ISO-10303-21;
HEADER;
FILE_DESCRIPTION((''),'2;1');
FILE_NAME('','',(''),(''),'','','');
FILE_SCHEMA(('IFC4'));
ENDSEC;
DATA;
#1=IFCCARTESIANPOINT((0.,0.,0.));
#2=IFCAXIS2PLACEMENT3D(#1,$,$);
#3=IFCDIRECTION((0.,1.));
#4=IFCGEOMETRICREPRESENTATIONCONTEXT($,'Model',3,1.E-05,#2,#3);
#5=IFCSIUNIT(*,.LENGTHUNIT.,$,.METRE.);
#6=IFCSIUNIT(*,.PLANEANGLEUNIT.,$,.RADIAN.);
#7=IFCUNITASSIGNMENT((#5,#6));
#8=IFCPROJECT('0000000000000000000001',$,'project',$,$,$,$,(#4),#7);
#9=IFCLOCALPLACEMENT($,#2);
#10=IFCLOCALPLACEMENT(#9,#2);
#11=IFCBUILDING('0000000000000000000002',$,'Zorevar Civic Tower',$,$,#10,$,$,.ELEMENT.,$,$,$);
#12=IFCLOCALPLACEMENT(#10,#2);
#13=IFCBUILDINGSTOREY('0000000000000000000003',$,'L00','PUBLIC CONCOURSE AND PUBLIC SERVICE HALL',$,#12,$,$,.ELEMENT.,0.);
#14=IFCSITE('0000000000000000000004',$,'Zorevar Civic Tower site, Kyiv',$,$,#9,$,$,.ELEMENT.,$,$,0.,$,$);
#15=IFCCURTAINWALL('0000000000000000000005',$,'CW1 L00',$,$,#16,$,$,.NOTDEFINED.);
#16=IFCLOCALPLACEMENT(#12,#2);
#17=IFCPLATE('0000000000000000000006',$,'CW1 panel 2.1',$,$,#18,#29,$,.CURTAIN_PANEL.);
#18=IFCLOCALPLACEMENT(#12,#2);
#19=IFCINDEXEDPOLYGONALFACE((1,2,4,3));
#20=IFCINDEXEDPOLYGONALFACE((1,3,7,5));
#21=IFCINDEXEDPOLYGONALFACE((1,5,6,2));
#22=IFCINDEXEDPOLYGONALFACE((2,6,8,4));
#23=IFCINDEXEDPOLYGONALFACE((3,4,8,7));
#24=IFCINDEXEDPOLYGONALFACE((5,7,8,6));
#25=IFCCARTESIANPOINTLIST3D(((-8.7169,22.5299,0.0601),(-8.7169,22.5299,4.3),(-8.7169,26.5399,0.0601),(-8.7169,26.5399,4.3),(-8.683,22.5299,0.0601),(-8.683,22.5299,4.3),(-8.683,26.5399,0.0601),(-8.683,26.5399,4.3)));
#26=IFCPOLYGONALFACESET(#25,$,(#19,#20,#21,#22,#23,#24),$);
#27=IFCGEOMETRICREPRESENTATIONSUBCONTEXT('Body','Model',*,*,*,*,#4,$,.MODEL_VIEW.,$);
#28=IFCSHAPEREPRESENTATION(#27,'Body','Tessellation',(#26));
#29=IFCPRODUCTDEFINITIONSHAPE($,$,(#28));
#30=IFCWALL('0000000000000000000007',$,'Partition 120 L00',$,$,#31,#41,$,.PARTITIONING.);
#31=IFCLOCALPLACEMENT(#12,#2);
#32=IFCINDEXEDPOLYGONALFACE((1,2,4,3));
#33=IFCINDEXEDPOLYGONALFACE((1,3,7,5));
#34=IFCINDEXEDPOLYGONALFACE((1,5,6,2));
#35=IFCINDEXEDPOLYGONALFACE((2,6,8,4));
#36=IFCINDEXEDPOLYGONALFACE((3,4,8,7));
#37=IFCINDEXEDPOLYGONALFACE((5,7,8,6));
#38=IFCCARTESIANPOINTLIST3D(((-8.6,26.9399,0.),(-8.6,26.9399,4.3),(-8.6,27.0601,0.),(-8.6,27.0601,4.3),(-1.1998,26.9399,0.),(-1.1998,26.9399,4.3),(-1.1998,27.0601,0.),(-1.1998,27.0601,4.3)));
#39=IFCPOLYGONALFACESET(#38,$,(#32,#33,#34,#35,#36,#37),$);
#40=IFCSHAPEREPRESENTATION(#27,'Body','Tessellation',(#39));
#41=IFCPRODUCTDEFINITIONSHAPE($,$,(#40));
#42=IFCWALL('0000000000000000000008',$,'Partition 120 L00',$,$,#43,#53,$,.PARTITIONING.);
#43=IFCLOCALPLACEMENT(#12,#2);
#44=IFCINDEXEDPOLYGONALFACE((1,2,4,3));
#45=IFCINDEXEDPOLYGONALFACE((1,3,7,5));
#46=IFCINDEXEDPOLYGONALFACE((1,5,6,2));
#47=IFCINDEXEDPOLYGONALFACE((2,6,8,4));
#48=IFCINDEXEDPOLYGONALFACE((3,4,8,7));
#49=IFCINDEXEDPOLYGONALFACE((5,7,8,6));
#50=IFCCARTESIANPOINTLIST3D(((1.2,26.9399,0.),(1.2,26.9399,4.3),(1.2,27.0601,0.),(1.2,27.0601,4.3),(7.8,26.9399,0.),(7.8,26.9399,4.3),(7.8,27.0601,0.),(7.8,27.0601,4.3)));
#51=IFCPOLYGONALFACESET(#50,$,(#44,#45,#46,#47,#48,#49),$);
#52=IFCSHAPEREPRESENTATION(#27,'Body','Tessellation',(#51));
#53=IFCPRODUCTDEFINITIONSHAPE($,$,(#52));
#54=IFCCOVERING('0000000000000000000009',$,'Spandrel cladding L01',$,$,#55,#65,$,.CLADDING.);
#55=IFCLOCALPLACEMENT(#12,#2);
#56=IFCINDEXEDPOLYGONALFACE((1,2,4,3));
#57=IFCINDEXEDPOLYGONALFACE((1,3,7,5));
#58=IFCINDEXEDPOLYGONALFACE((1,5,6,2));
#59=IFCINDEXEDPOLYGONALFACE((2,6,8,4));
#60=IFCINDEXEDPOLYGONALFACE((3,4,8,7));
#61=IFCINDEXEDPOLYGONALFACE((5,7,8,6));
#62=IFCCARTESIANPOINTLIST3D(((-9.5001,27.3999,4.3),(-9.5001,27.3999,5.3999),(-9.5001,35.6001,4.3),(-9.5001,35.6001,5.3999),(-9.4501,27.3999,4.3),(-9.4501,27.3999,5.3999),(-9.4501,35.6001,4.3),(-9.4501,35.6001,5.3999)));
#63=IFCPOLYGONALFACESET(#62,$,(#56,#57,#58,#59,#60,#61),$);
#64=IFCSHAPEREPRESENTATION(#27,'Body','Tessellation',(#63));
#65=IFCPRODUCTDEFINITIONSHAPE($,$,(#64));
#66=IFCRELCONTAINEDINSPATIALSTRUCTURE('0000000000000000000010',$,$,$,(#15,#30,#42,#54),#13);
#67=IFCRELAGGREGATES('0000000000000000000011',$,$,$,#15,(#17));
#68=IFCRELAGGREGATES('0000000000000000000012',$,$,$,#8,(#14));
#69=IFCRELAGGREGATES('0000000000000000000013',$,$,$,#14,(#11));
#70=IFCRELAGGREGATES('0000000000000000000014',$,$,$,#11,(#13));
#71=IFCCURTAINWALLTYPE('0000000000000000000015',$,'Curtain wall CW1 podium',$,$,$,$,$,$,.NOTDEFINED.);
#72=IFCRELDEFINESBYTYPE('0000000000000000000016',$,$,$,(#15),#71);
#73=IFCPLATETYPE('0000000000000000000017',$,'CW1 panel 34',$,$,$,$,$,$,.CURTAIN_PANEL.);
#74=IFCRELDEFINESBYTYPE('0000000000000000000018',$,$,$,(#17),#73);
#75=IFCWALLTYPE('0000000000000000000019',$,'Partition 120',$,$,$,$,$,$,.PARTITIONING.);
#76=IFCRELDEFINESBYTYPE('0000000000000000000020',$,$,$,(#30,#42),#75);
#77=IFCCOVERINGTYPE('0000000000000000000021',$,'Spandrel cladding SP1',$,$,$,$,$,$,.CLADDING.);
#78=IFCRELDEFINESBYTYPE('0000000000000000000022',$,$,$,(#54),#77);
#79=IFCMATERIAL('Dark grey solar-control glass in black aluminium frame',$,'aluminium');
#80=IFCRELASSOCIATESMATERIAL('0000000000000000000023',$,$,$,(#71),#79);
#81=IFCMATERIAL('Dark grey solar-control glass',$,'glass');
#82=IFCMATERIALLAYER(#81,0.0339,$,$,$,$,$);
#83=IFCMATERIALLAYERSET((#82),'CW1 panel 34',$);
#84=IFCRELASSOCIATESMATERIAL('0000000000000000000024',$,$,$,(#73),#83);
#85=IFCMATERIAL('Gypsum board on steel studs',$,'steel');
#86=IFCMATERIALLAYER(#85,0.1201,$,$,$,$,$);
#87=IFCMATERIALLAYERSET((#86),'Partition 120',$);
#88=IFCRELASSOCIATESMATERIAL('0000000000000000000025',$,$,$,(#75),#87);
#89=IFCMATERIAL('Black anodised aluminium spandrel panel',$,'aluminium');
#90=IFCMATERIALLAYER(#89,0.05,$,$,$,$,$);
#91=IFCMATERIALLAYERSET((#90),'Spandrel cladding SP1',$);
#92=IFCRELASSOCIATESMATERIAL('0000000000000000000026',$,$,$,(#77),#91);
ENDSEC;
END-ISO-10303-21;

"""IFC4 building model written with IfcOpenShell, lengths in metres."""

from ifc_helpers import new_model, si_unit, direction, frame, frame_2d, origin, origin_2d, place, context, subcontext, project, spatial, rectangle, extrude, material, layer, layer_set, type_object, element, aggregate, save


model = new_model("IFC4")

# Units and contexts
model_context = context("Model", 3, precision=1e-05, world=origin(), true_north=direction((0.0, 1.0)))
body_context = subcontext(model_context, "Body", "Model", "MODEL_VIEW")
ifc_project = project(units=[si_unit("LENGTHUNIT", "METRE"), si_unit("PLANEANGLEUNIT", "RADIAN")], contexts=[model_context])

# Site, building, storey
site_placement = place(None, origin())
site = spatial("IfcSite", under=ifc_project, at=site_placement, Name="Zorevar Civic Tower site, Kyiv", CompositionType="ELEMENT", RefElevation=0.0)
building_placement = place(site_placement, origin())
building = spatial("IfcBuilding", under=site, at=building_placement, Name="Zorevar Civic Tower", CompositionType="ELEMENT")
storey_placement = place(building_placement, origin())
storey = spatial("IfcBuildingStorey", under=building, at=storey_placement, Name="L00", Description="PUBLIC CONCOURSE AND PUBLIC SERVICE HALL", CompositionType="ELEMENT", Elevation=0.0)

# Curtain wall
ifc_material_1 = material(Name="Dark grey solar-control glass in black aluminium frame", Category="aluminium")
curtain_wall_type = type_object("IfcCurtainWallType", Name="Curtain wall CW1 podium", PredefinedType="NOTDEFINED", material=ifc_material_1)
curtain_wall_1_placement = place(storey_placement, origin())
curtain_wall_1 = element("IfcCurtainWall", 1, at=curtain_wall_1_placement, inside=storey, type_object=curtain_wall_type, Name="CW1 L00", PredefinedType="NOTDEFINED")

# Plate
ifc_material_2 = material(Name="Dark grey solar-control glass", Category="glass")
ifc_layer_1 = layer(ifc_material_2, 0.0339)
ifc_layer_set_1 = layer_set([ifc_layer_1], Name="CW1 panel 34")
plate_type = type_object("IfcPlateType", Name="CW1 panel 34", PredefinedType="CURTAIN_PANEL", material=ifc_layer_set_1)
plate_1_placement = place(storey_placement, frame((-8.7, 24.5349, 0.0601), z_axis=(0.0, 0.0, 1.0), x_axis=(0.0, 1.0, 0.0)))
plate_1 = element("IfcPlate", 2, at=plate_1_placement, type_object=plate_type, Name="CW1 panel 2.1", PredefinedType="CURTAIN_PANEL", context=body_context, shape_type="SweptSolid", body=[
    extrude(rectangle(XDim=4.01, YDim=0.0339, at=origin_2d()), origin(), (0.0, 0.0, 1.0), 4.24),
])
aggregate(curtain_wall_1, [plate_1])

# Walls
ifc_material_3 = material(Name="Gypsum board on steel studs", Category="steel")
ifc_layer_2 = layer(ifc_material_3, 0.1201)
ifc_layer_set_2 = layer_set([ifc_layer_2], Name="Partition 120")
wall_type = type_object("IfcWallType", Name="Partition 120", PredefinedType="PARTITIONING", material=ifc_layer_set_2)
wall_1_placement = place(storey_placement, frame((-8.6001, 27.0, 0.0), z_axis=(0.0, 0.0, 1.0), x_axis=(1.0, 0.0, 0.0)))
element("IfcWall", 3, at=wall_1_placement, inside=storey, type_object=wall_type, Name="Partition 120 L00", PredefinedType="PARTITIONING", context=body_context, shape_type="SweptSolid", body=[
    extrude(rectangle(XDim=7.4001, YDim=0.1201, at=frame_2d((3.7002, 0.0))), origin(), (0.0, 0.0, 1.0), 4.3),
])
wall_2_placement = place(storey_placement, frame((1.2, 27.0, 0.0), z_axis=(0.0, 0.0, 1.0), x_axis=(1.0, 0.0, 0.0)))
element("IfcWall", 4, at=wall_2_placement, inside=storey, type_object=wall_type, Name="Partition 120 L00", PredefinedType="PARTITIONING", context=body_context, shape_type="SweptSolid", body=[
    extrude(rectangle(XDim=6.6001, YDim=0.1201, at=frame_2d((3.3, 0.0))), origin(), (0.0, 0.0, 1.0), 4.3),
])

# Covering
ifc_material_4 = material(Name="Black anodised aluminium spandrel panel", Category="aluminium")
ifc_layer_3 = layer(ifc_material_4, 0.05)
ifc_layer_set_3 = layer_set([ifc_layer_3], Name="Spandrel cladding SP1")
covering_type = type_object("IfcCoveringType", Name="Spandrel cladding SP1", PredefinedType="CLADDING", material=ifc_layer_set_3)
covering_placement = place(storey_placement, frame((-9.4751, 27.3999, 4.3), z_axis=(0.0, 0.0, 1.0), x_axis=(0.0, 1.0, 0.0)))
element("IfcCovering", 5, at=covering_placement, inside=storey, type_object=covering_type, Name="Spandrel cladding L01", PredefinedType="CLADDING", context=body_context, shape_type="SweptSolid", body=[
    extrude(rectangle(XDim=8.2002, YDim=0.05, at=frame_2d((4.1001, 0.0))), origin(), (0.0, 0.0, 1.0), 1.0999),
])

save(model, "model.ifc")
